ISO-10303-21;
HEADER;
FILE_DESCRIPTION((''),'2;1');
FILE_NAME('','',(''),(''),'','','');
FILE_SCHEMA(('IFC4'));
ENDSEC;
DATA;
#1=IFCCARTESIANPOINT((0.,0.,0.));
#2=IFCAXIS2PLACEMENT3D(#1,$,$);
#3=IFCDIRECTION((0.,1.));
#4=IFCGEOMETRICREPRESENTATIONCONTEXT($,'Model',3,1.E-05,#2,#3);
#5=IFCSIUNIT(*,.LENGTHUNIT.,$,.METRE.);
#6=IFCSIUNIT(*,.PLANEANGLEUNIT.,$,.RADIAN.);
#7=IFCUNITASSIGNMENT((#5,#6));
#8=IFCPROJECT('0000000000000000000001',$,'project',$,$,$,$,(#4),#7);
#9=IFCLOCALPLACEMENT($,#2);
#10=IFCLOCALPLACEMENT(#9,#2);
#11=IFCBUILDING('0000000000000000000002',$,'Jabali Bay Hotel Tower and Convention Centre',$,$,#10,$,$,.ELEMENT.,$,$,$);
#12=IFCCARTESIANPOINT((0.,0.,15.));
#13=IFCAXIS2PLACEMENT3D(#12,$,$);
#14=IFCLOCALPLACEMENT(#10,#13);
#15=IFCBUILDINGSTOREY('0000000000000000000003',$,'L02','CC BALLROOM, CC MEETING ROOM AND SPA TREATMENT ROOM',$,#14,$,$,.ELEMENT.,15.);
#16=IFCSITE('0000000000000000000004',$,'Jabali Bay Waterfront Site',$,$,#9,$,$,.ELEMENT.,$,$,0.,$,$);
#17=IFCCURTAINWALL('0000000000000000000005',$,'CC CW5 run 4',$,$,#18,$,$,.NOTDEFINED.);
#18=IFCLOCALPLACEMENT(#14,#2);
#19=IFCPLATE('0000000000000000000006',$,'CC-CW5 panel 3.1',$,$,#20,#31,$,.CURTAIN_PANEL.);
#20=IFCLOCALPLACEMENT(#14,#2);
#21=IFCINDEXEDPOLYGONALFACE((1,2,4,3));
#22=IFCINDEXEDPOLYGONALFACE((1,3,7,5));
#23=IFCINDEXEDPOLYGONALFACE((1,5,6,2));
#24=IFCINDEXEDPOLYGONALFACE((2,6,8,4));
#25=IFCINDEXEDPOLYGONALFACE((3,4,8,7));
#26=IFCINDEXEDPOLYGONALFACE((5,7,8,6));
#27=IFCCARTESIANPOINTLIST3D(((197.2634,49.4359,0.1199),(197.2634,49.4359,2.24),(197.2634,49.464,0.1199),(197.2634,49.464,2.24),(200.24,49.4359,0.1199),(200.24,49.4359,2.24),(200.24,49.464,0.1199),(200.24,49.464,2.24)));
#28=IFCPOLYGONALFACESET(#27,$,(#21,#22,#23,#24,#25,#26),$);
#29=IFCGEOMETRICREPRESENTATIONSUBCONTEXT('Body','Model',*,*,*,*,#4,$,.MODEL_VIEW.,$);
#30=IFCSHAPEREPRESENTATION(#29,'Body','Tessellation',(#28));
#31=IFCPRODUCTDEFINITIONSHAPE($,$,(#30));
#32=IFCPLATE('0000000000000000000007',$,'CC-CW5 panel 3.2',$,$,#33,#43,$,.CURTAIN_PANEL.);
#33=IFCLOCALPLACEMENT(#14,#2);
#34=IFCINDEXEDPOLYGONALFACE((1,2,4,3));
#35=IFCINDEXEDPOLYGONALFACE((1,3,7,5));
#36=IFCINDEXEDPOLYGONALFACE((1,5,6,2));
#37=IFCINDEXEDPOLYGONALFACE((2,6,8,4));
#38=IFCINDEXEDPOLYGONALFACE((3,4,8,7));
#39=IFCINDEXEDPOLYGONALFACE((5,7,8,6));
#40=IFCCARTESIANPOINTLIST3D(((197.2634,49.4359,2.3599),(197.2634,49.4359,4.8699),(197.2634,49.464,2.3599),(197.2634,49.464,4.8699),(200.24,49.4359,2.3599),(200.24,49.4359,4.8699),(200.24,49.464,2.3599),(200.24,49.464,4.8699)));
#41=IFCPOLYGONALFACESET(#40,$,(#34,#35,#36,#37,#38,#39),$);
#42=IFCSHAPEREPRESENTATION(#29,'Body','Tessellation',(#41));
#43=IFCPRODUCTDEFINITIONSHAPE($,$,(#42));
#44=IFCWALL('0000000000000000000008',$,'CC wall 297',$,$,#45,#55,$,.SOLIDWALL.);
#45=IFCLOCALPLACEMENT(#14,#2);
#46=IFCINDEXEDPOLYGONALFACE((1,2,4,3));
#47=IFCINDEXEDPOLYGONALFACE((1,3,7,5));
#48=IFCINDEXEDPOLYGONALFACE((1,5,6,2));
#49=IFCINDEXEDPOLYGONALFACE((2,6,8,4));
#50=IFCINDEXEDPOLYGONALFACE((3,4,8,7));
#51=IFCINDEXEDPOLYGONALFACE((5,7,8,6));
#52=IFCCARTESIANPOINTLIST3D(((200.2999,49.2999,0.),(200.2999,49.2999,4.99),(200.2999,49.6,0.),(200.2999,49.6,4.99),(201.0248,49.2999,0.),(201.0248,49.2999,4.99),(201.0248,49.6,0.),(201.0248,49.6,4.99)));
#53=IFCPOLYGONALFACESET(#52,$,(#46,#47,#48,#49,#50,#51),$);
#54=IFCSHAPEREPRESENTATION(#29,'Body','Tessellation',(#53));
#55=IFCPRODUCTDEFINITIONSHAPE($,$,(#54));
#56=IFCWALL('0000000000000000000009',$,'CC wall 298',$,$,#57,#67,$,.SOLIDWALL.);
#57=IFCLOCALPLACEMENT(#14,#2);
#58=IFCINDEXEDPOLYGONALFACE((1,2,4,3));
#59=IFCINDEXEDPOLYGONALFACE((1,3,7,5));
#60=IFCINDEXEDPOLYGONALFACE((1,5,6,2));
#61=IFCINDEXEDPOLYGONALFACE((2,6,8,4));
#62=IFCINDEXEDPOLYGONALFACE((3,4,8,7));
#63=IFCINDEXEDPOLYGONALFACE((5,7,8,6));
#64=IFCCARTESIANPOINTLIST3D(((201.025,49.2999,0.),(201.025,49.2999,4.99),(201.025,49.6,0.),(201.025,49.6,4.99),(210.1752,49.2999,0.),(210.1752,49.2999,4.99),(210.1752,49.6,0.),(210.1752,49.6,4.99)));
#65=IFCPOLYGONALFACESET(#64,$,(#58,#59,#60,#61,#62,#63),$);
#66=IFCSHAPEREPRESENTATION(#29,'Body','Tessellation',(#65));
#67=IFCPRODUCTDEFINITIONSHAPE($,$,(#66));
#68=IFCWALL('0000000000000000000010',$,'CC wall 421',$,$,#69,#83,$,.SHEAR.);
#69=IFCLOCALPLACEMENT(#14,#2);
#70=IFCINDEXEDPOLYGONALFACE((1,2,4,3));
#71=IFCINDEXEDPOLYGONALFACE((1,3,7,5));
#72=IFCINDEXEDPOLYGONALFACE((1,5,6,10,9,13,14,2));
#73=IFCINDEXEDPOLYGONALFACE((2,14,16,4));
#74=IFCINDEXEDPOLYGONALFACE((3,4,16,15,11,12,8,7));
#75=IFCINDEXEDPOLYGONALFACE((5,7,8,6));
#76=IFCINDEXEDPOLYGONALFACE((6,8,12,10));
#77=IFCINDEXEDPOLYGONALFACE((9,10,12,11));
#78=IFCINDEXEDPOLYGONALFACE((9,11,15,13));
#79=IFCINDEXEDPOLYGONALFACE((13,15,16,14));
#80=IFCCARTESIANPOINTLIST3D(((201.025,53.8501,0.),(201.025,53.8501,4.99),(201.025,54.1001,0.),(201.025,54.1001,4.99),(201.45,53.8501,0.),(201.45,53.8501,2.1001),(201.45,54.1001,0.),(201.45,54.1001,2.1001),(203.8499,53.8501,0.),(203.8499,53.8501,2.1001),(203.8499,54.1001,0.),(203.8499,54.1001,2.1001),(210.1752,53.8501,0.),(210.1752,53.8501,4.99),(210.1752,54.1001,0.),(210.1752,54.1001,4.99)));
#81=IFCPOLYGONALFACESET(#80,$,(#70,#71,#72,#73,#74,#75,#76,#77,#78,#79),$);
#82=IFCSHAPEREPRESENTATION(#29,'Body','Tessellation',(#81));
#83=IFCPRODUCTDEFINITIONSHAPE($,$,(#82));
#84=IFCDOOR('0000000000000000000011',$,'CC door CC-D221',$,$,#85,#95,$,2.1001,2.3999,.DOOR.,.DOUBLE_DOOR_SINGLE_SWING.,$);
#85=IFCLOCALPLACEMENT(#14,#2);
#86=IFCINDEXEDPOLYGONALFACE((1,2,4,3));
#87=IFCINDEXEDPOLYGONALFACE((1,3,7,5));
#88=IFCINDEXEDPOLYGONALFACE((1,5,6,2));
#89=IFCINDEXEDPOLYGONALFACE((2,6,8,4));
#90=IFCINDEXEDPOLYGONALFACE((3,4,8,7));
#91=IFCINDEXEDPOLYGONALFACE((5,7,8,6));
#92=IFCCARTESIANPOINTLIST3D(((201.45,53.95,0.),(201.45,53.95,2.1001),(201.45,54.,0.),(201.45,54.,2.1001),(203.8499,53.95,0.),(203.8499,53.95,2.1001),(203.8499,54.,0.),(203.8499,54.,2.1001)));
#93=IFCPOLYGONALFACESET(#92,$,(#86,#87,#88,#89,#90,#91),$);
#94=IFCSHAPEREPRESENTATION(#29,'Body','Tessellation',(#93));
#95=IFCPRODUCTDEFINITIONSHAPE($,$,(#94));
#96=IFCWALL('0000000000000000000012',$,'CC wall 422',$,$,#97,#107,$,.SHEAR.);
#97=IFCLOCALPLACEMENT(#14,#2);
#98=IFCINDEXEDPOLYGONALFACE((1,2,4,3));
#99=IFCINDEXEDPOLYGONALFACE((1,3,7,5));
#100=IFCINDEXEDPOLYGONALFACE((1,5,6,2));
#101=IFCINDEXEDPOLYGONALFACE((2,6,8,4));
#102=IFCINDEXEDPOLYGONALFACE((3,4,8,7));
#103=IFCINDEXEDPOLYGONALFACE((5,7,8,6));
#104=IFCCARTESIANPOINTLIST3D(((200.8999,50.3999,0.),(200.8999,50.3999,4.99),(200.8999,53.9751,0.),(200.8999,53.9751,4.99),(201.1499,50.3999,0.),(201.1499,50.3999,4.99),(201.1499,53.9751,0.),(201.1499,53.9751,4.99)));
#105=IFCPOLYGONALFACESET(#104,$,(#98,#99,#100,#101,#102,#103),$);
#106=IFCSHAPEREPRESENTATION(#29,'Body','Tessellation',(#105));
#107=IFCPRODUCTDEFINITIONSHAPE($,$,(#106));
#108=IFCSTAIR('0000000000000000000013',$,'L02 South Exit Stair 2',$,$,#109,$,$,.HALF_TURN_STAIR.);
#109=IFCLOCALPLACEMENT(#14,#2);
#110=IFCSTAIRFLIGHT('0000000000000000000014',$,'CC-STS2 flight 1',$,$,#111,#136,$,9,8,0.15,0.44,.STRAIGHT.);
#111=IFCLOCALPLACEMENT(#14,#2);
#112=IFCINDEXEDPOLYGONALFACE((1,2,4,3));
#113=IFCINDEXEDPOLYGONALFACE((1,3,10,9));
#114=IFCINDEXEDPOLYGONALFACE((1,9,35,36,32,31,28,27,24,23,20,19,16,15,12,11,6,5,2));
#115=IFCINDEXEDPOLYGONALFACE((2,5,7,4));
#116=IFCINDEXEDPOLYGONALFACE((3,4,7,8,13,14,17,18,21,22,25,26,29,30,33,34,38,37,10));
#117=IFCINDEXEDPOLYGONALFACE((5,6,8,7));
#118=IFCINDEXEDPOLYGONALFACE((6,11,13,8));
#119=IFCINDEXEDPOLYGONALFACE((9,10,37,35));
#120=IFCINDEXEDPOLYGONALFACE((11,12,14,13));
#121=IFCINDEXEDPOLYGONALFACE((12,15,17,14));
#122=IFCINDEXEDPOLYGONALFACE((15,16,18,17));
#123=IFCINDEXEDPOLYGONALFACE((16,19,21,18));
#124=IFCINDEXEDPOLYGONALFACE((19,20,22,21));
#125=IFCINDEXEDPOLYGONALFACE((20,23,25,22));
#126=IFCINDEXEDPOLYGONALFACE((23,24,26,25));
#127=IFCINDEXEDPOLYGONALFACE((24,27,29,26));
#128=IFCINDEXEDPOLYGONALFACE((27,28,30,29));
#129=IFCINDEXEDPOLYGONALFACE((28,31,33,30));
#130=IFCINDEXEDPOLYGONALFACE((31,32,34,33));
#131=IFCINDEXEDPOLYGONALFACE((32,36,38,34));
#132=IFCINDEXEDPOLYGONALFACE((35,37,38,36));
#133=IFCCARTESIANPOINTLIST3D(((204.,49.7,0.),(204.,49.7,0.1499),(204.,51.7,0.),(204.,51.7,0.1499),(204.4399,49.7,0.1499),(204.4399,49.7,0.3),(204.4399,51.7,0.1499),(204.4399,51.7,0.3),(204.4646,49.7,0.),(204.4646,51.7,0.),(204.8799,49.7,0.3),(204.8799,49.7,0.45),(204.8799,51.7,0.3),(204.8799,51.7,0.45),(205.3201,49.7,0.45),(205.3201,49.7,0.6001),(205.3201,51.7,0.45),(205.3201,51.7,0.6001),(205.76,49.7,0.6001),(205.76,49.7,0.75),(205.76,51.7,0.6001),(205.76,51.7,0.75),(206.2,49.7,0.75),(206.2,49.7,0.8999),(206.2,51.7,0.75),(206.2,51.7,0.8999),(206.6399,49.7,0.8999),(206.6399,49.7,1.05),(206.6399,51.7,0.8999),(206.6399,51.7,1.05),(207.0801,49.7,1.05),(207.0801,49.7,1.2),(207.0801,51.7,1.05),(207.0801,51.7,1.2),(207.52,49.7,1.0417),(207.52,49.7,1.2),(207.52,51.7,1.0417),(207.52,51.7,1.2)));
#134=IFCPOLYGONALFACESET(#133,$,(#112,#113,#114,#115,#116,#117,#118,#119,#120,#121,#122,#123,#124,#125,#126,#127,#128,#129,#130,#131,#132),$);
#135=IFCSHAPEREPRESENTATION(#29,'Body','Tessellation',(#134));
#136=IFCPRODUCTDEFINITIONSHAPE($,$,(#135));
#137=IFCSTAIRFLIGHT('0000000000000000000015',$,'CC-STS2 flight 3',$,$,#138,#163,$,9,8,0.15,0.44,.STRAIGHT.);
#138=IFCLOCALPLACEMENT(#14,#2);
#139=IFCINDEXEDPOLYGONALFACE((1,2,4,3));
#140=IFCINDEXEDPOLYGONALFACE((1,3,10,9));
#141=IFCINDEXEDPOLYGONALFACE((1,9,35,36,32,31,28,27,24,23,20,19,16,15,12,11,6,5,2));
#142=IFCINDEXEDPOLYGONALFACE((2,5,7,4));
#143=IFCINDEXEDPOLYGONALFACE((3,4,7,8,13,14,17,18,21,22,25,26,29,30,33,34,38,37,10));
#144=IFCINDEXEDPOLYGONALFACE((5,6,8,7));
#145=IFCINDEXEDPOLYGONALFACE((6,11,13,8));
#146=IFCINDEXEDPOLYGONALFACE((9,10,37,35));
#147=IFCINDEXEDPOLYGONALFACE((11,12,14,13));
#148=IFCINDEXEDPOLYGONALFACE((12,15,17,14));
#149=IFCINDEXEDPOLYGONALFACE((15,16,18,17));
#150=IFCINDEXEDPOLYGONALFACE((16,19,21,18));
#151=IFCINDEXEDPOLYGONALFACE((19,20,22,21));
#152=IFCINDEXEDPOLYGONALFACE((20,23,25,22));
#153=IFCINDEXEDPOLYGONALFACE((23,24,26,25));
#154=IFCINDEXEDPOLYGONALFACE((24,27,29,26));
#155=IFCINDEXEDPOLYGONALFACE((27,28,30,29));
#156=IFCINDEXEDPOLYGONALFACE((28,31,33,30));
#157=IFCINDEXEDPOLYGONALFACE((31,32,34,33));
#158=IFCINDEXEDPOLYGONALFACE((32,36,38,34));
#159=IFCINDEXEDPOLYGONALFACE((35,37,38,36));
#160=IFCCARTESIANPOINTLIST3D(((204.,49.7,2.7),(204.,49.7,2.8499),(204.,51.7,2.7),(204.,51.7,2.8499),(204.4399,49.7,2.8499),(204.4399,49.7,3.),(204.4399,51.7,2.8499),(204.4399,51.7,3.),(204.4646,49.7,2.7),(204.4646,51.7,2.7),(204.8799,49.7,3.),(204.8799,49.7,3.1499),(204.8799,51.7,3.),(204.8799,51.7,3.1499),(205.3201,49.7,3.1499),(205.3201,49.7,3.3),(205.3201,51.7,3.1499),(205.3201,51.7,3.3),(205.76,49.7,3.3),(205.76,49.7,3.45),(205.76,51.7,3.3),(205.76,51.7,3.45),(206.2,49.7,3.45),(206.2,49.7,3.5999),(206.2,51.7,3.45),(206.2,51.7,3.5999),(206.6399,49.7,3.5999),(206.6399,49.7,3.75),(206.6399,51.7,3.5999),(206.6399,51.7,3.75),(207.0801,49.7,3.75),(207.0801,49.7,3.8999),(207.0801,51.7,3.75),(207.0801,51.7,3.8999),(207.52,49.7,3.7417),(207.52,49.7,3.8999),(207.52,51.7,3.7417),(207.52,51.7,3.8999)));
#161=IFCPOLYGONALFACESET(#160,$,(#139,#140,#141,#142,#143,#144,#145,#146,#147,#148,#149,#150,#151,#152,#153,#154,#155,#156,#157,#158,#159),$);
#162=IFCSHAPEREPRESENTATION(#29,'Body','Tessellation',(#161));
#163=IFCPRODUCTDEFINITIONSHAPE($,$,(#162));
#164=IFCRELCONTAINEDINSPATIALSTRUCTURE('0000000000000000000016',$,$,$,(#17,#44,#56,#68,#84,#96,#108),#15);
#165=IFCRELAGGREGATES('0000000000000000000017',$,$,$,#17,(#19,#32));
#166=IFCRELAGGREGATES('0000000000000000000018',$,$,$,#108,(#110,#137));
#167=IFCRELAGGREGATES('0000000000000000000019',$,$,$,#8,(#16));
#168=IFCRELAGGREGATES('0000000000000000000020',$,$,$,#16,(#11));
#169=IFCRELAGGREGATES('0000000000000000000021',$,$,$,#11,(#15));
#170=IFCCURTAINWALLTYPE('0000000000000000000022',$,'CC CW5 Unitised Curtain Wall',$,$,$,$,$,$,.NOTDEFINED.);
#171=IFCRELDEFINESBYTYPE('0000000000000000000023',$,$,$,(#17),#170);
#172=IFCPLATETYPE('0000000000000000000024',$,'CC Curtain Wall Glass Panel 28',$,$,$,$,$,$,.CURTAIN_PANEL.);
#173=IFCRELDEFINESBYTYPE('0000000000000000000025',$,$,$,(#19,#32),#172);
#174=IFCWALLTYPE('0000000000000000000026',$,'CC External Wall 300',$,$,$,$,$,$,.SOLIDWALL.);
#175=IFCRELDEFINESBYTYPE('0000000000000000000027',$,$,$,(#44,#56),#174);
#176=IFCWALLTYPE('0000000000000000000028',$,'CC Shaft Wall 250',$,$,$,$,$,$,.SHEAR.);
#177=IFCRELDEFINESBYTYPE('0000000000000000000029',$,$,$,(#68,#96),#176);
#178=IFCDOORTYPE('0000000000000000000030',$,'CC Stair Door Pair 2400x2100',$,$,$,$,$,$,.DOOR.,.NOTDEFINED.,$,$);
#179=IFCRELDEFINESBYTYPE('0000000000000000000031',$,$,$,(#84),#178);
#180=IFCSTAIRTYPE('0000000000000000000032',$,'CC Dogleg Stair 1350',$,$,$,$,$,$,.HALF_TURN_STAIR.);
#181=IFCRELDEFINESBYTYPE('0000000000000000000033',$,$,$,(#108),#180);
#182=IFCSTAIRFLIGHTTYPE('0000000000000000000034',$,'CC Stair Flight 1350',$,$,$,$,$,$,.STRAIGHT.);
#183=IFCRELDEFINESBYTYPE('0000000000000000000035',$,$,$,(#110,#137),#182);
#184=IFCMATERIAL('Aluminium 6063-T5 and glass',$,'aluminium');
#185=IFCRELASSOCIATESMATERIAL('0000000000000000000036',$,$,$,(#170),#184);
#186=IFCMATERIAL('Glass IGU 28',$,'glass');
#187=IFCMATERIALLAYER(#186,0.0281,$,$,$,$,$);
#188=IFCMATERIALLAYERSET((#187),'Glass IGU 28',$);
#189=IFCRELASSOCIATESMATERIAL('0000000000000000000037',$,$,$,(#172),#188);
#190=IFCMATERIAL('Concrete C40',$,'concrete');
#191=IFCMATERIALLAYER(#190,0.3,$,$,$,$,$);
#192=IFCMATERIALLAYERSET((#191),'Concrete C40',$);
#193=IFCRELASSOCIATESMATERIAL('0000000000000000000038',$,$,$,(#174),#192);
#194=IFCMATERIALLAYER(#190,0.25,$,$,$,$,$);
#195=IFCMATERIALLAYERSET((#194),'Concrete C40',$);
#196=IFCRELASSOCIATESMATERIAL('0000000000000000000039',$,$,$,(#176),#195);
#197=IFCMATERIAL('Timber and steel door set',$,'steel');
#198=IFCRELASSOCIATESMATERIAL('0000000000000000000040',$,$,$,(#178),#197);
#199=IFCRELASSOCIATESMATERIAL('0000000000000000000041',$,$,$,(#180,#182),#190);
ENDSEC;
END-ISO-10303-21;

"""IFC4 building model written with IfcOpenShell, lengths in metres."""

from ifc_helpers import new_model, si_unit, direction, frame, frame_2d, origin, origin_2d, place, context, subcontext, project, spatial, polyline, rectangle, outline, extrude, material, layer, layer_set, type_object, element, fill, aggregate, save


model = new_model("IFC4")

# Units and contexts
model_context = context("Model", 3, precision=1e-05, world=origin(), true_north=direction((0.0, 1.0)))
body_context = subcontext(model_context, "Body", "Model", "MODEL_VIEW")
ifc_project = project(units=[si_unit("LENGTHUNIT", "METRE"), si_unit("PLANEANGLEUNIT", "RADIAN")], contexts=[model_context])

# Site, building, storey
site_placement = place(None, origin())
site = spatial("IfcSite", under=ifc_project, at=site_placement, Name="Jabali Bay Waterfront Site", CompositionType="ELEMENT", RefElevation=0.0)
building_placement = place(site_placement, origin())
building = spatial("IfcBuilding", under=site, at=building_placement, Name="Jabali Bay Hotel Tower and Convention Centre", CompositionType="ELEMENT")
storey_placement = place(building_placement, frame((0.0, 0.0, 15.0)))
storey = spatial("IfcBuildingStorey", under=building, at=storey_placement, Name="L02", Description="CC BALLROOM, CC MEETING ROOM AND SPA TREATMENT ROOM", CompositionType="ELEMENT", Elevation=15.0)

# Curtain wall, plates
ifc_material_1 = material(Name="Aluminium 6063-T5 and glass", Category="aluminium")
curtain_wall_type = type_object("IfcCurtainWallType", Name="CC CW5 Unitised Curtain Wall", PredefinedType="NOTDEFINED", material=ifc_material_1)
curtain_wall_placement = place(storey_placement, origin())
curtain_wall = element("IfcCurtainWall", 1, at=curtain_wall_placement, inside=storey, type_object=curtain_wall_type, Name="CC CW5 run 4", PredefinedType="NOTDEFINED")
ifc_material_2 = material(Name="Glass IGU 28", Category="glass")
ifc_layer_1 = layer(ifc_material_2, 0.0281)
ifc_layer_set_1 = layer_set([ifc_layer_1], Name="Glass IGU 28")
plate_type = type_object("IfcPlateType", Name="CC Curtain Wall Glass Panel 28", PredefinedType="CURTAIN_PANEL", material=ifc_layer_set_1)
plate_1_placement = place(storey_placement, frame((198.7517, 49.45, 0.1199), z_axis=(0.0, 0.0, 1.0), x_axis=(1.0, 0.0, 0.0)))
plate_1 = element("IfcPlate", 2, at=plate_1_placement, type_object=plate_type, Name="CC-CW5 panel 3.1", PredefinedType="CURTAIN_PANEL", context=body_context, shape_type="SweptSolid", body=[
    extrude(rectangle(XDim=2.9766, YDim=0.0281, at=origin_2d()), origin(), (0.0, 0.0, 1.0), 2.1201),
])
plate_2_placement = place(storey_placement, frame((198.7517, 49.45, 2.3599), z_axis=(0.0, 0.0, 1.0), x_axis=(1.0, 0.0, 0.0)))
plate_2 = element("IfcPlate", 3, at=plate_2_placement, type_object=plate_type, Name="CC-CW5 panel 3.2", PredefinedType="CURTAIN_PANEL", context=body_context, shape_type="SweptSolid", body=[
    extrude(rectangle(XDim=2.9766, YDim=0.0281, at=origin_2d()), origin(), (0.0, 0.0, 1.0), 2.51),
])
aggregate(curtain_wall, [plate_1, plate_2])

# Walls
ifc_material_3 = material(Name="Concrete C40", Category="concrete")
ifc_layer_2 = layer(ifc_material_3, 0.3)
ifc_layer_set_2 = layer_set([ifc_layer_2], Name="Concrete C40")
wall_type_1 = type_object("IfcWallType", Name="CC External Wall 300", PredefinedType="SOLIDWALL", material=ifc_layer_set_2)
wall_1_placement = place(storey_placement, frame((200.3, 49.45, 0.0), z_axis=(0.0, 0.0, 1.0), x_axis=(1.0, 0.0, 0.0)))
element("IfcWall", 4, at=wall_1_placement, inside=storey, type_object=wall_type_1, Name="CC wall 297", PredefinedType="SOLIDWALL", context=body_context, shape_type="SweptSolid", body=[
    extrude(rectangle(XDim=0.7249, YDim=0.3, at=frame_2d((0.3623, 0.0))), origin(), (0.0, 0.0, 1.0), 4.99),
])
wall_2_placement = place(storey_placement, frame((201.0249, 49.45, 0.0), z_axis=(0.0, 0.0, 1.0), x_axis=(1.0, 0.0, 0.0)))
element("IfcWall", 5, at=wall_2_placement, inside=storey, type_object=wall_type_1, Name="CC wall 298", PredefinedType="SOLIDWALL", context=body_context, shape_type="SweptSolid", body=[
    extrude(rectangle(XDim=9.1501, YDim=0.3, at=frame_2d((4.5752, 0.0))), origin(), (0.0, 0.0, 1.0), 4.99),
])

# Wall, opening, door
ifc_layer_3 = layer(ifc_material_3, 0.25)
ifc_layer_set_3 = layer_set([ifc_layer_3], Name="Concrete C40")
wall_type_2 = type_object("IfcWallType", Name="CC Shaft Wall 250", PredefinedType="SHEAR", material=ifc_layer_set_3)
wall_3_placement = place(storey_placement, frame((201.0249, 53.9751, 0.0), z_axis=(0.0, 0.0, 1.0), x_axis=(1.0, 0.0, 0.0)))
wall_3 = element("IfcWall", 6, at=wall_3_placement, inside=storey, type_object=wall_type_2, Name="CC wall 421", PredefinedType="SHEAR", context=body_context, shape_type="SweptSolid", body=[
    extrude(rectangle(XDim=9.1501, YDim=0.25, at=frame_2d((4.5752, 0.0))), origin(), (0.0, 0.0, 1.0), 4.99),
])
opening_placement = place(wall_3_placement, frame((0.425, 0.0, 0.0)))
opening = element("IfcOpeningElement", 7, at=opening_placement, cuts=wall_3, PredefinedType="OPENING", context=body_context, shape_type="SweptSolid", body=[
    extrude(rectangle(XDim=2.3999, YDim=2.1001, at=frame_2d((1.2, 1.05))), frame((0.0, 0.1355, 0.0), z_axis=(0.0, -1.0, 0.0), x_axis=(1.0, 0.0, 0.0)), (0.0, 0.0, 1.0), 0.271),
])
ifc_material_4 = material(Name="Timber and steel door set", Category="steel")
door_type = type_object("IfcDoorType", Name="CC Stair Door Pair 2400x2100", OperationType="NOTDEFINED", PredefinedType="DOOR", material=ifc_material_4)
door_placement = place(opening_placement, origin())
door = element("IfcDoor", 8, at=door_placement, inside=storey, type_object=door_type, Name="CC door CC-D221", OperationType="DOUBLE_DOOR_SINGLE_SWING", OverallHeight=2.1001, OverallWidth=2.3999, PredefinedType="DOOR", context=body_context, shape_type="SweptSolid", body=[
    extrude(rectangle(XDim=2.3999, YDim=2.1001, at=frame_2d((1.2, 1.05))), frame((0.0, 0.0249, 0.0), z_axis=(0.0, -1.0, 0.0), x_axis=(1.0, 0.0, 0.0)), (0.0, 0.0, 1.0), 0.05),
])
fill(opening, door)

# Wall
wall_4_placement = place(storey_placement, frame((201.0249, 50.3999, 0.0), z_axis=(0.0, 0.0, 1.0), x_axis=(0.0, 1.0, 0.0)))
element("IfcWall", 9, at=wall_4_placement, inside=storey, type_object=wall_type_2, Name="CC wall 422", PredefinedType="SHEAR", context=body_context, shape_type="SweptSolid", body=[
    extrude(rectangle(XDim=3.5752, YDim=0.25, at=frame_2d((1.7876, 0.0))), origin(), (0.0, 0.0, 1.0), 4.99),
])

# Stair, stair flights
stair_type = type_object("IfcStairType", Name="CC Dogleg Stair 1350", PredefinedType="HALF_TURN_STAIR", material=ifc_material_3)
stair_placement = place(storey_placement, origin())
stair = element("IfcStair", 10, at=stair_placement, inside=storey, type_object=stair_type, Name="L02 South Exit Stair 2", PredefinedType="HALF_TURN_STAIR")
stair_flight_type = type_object("IfcStairFlightType", Name="CC Stair Flight 1350", PredefinedType="STRAIGHT", material=ifc_material_3)
stair_flight_1_placement = place(storey_placement, frame((204.0, 50.7, 0.0), z_axis=(0.0, 0.0, 1.0), x_axis=(1.0, 0.0, 0.0)))
stair_flight_1 = element("IfcStairFlight", 11, at=stair_flight_1_placement, type_object=stair_flight_type, Name="CC-STS2 flight 1", NumberOfRisers=9, NumberOfTreads=8, PredefinedType="STRAIGHT", RiserHeight=0.15, TreadLength=0.44, context=body_context, shape_type="SweptSolid", body=[
    extrude(outline(polyline([(0.0, 0.0), (0.0, 0.1499), (0.4399, 0.1499), (0.4399, 0.3), (0.8799, 0.3), (0.8799, 0.45), (1.3201, 0.45), (1.3201, 0.6001), (1.76, 0.6001), (1.76, 0.75), (2.2, 0.75), (2.2, 0.8999), (2.6399, 0.8999), (2.6399, 1.05), (3.0801, 1.05), (3.0801, 1.2), (3.52, 1.2), (3.52, 1.3501), (3.52, 1.0417), (0.4646, 0.0), (0.0, 0.0)])), frame((0.0, 1.0, 0.0), z_axis=(0.0, -1.0, 0.0), x_axis=(1.0, 0.0, 0.0)), (0.0, 0.0, 1.0), 2.0),
])
stair_flight_2_placement = place(storey_placement, frame((204.0, 50.7, 2.7), z_axis=(0.0, 0.0, 1.0), x_axis=(1.0, 0.0, 0.0)))
stair_flight_2 = element("IfcStairFlight", 12, at=stair_flight_2_placement, type_object=stair_flight_type, Name="CC-STS2 flight 3", NumberOfRisers=9, NumberOfTreads=8, PredefinedType="STRAIGHT", RiserHeight=0.15, TreadLength=0.44, context=body_context, shape_type="SweptSolid", body=[
    extrude(outline(polyline([(0.0, 0.0), (0.0, 0.1499), (0.4399, 0.1499), (0.4399, 0.3), (0.8799, 0.3), (0.8799, 0.45), (1.3201, 0.45), (1.3201, 0.6001), (1.76, 0.6001), (1.76, 0.75), (2.2, 0.75), (2.2, 0.8999), (2.6399, 0.8999), (2.6399, 1.05), (3.0801, 1.05), (3.0801, 1.2), (3.52, 1.2), (3.52, 1.3501), (3.52, 1.0417), (0.4646, 0.0), (0.0, 0.0)])), frame((0.0, 1.0, 0.0), z_axis=(0.0, -1.0, 0.0), x_axis=(1.0, 0.0, 0.0)), (0.0, 0.0, 1.0), 2.0),
])
aggregate(stair, [stair_flight_1, stair_flight_2])

save(model, "model.ifc")
